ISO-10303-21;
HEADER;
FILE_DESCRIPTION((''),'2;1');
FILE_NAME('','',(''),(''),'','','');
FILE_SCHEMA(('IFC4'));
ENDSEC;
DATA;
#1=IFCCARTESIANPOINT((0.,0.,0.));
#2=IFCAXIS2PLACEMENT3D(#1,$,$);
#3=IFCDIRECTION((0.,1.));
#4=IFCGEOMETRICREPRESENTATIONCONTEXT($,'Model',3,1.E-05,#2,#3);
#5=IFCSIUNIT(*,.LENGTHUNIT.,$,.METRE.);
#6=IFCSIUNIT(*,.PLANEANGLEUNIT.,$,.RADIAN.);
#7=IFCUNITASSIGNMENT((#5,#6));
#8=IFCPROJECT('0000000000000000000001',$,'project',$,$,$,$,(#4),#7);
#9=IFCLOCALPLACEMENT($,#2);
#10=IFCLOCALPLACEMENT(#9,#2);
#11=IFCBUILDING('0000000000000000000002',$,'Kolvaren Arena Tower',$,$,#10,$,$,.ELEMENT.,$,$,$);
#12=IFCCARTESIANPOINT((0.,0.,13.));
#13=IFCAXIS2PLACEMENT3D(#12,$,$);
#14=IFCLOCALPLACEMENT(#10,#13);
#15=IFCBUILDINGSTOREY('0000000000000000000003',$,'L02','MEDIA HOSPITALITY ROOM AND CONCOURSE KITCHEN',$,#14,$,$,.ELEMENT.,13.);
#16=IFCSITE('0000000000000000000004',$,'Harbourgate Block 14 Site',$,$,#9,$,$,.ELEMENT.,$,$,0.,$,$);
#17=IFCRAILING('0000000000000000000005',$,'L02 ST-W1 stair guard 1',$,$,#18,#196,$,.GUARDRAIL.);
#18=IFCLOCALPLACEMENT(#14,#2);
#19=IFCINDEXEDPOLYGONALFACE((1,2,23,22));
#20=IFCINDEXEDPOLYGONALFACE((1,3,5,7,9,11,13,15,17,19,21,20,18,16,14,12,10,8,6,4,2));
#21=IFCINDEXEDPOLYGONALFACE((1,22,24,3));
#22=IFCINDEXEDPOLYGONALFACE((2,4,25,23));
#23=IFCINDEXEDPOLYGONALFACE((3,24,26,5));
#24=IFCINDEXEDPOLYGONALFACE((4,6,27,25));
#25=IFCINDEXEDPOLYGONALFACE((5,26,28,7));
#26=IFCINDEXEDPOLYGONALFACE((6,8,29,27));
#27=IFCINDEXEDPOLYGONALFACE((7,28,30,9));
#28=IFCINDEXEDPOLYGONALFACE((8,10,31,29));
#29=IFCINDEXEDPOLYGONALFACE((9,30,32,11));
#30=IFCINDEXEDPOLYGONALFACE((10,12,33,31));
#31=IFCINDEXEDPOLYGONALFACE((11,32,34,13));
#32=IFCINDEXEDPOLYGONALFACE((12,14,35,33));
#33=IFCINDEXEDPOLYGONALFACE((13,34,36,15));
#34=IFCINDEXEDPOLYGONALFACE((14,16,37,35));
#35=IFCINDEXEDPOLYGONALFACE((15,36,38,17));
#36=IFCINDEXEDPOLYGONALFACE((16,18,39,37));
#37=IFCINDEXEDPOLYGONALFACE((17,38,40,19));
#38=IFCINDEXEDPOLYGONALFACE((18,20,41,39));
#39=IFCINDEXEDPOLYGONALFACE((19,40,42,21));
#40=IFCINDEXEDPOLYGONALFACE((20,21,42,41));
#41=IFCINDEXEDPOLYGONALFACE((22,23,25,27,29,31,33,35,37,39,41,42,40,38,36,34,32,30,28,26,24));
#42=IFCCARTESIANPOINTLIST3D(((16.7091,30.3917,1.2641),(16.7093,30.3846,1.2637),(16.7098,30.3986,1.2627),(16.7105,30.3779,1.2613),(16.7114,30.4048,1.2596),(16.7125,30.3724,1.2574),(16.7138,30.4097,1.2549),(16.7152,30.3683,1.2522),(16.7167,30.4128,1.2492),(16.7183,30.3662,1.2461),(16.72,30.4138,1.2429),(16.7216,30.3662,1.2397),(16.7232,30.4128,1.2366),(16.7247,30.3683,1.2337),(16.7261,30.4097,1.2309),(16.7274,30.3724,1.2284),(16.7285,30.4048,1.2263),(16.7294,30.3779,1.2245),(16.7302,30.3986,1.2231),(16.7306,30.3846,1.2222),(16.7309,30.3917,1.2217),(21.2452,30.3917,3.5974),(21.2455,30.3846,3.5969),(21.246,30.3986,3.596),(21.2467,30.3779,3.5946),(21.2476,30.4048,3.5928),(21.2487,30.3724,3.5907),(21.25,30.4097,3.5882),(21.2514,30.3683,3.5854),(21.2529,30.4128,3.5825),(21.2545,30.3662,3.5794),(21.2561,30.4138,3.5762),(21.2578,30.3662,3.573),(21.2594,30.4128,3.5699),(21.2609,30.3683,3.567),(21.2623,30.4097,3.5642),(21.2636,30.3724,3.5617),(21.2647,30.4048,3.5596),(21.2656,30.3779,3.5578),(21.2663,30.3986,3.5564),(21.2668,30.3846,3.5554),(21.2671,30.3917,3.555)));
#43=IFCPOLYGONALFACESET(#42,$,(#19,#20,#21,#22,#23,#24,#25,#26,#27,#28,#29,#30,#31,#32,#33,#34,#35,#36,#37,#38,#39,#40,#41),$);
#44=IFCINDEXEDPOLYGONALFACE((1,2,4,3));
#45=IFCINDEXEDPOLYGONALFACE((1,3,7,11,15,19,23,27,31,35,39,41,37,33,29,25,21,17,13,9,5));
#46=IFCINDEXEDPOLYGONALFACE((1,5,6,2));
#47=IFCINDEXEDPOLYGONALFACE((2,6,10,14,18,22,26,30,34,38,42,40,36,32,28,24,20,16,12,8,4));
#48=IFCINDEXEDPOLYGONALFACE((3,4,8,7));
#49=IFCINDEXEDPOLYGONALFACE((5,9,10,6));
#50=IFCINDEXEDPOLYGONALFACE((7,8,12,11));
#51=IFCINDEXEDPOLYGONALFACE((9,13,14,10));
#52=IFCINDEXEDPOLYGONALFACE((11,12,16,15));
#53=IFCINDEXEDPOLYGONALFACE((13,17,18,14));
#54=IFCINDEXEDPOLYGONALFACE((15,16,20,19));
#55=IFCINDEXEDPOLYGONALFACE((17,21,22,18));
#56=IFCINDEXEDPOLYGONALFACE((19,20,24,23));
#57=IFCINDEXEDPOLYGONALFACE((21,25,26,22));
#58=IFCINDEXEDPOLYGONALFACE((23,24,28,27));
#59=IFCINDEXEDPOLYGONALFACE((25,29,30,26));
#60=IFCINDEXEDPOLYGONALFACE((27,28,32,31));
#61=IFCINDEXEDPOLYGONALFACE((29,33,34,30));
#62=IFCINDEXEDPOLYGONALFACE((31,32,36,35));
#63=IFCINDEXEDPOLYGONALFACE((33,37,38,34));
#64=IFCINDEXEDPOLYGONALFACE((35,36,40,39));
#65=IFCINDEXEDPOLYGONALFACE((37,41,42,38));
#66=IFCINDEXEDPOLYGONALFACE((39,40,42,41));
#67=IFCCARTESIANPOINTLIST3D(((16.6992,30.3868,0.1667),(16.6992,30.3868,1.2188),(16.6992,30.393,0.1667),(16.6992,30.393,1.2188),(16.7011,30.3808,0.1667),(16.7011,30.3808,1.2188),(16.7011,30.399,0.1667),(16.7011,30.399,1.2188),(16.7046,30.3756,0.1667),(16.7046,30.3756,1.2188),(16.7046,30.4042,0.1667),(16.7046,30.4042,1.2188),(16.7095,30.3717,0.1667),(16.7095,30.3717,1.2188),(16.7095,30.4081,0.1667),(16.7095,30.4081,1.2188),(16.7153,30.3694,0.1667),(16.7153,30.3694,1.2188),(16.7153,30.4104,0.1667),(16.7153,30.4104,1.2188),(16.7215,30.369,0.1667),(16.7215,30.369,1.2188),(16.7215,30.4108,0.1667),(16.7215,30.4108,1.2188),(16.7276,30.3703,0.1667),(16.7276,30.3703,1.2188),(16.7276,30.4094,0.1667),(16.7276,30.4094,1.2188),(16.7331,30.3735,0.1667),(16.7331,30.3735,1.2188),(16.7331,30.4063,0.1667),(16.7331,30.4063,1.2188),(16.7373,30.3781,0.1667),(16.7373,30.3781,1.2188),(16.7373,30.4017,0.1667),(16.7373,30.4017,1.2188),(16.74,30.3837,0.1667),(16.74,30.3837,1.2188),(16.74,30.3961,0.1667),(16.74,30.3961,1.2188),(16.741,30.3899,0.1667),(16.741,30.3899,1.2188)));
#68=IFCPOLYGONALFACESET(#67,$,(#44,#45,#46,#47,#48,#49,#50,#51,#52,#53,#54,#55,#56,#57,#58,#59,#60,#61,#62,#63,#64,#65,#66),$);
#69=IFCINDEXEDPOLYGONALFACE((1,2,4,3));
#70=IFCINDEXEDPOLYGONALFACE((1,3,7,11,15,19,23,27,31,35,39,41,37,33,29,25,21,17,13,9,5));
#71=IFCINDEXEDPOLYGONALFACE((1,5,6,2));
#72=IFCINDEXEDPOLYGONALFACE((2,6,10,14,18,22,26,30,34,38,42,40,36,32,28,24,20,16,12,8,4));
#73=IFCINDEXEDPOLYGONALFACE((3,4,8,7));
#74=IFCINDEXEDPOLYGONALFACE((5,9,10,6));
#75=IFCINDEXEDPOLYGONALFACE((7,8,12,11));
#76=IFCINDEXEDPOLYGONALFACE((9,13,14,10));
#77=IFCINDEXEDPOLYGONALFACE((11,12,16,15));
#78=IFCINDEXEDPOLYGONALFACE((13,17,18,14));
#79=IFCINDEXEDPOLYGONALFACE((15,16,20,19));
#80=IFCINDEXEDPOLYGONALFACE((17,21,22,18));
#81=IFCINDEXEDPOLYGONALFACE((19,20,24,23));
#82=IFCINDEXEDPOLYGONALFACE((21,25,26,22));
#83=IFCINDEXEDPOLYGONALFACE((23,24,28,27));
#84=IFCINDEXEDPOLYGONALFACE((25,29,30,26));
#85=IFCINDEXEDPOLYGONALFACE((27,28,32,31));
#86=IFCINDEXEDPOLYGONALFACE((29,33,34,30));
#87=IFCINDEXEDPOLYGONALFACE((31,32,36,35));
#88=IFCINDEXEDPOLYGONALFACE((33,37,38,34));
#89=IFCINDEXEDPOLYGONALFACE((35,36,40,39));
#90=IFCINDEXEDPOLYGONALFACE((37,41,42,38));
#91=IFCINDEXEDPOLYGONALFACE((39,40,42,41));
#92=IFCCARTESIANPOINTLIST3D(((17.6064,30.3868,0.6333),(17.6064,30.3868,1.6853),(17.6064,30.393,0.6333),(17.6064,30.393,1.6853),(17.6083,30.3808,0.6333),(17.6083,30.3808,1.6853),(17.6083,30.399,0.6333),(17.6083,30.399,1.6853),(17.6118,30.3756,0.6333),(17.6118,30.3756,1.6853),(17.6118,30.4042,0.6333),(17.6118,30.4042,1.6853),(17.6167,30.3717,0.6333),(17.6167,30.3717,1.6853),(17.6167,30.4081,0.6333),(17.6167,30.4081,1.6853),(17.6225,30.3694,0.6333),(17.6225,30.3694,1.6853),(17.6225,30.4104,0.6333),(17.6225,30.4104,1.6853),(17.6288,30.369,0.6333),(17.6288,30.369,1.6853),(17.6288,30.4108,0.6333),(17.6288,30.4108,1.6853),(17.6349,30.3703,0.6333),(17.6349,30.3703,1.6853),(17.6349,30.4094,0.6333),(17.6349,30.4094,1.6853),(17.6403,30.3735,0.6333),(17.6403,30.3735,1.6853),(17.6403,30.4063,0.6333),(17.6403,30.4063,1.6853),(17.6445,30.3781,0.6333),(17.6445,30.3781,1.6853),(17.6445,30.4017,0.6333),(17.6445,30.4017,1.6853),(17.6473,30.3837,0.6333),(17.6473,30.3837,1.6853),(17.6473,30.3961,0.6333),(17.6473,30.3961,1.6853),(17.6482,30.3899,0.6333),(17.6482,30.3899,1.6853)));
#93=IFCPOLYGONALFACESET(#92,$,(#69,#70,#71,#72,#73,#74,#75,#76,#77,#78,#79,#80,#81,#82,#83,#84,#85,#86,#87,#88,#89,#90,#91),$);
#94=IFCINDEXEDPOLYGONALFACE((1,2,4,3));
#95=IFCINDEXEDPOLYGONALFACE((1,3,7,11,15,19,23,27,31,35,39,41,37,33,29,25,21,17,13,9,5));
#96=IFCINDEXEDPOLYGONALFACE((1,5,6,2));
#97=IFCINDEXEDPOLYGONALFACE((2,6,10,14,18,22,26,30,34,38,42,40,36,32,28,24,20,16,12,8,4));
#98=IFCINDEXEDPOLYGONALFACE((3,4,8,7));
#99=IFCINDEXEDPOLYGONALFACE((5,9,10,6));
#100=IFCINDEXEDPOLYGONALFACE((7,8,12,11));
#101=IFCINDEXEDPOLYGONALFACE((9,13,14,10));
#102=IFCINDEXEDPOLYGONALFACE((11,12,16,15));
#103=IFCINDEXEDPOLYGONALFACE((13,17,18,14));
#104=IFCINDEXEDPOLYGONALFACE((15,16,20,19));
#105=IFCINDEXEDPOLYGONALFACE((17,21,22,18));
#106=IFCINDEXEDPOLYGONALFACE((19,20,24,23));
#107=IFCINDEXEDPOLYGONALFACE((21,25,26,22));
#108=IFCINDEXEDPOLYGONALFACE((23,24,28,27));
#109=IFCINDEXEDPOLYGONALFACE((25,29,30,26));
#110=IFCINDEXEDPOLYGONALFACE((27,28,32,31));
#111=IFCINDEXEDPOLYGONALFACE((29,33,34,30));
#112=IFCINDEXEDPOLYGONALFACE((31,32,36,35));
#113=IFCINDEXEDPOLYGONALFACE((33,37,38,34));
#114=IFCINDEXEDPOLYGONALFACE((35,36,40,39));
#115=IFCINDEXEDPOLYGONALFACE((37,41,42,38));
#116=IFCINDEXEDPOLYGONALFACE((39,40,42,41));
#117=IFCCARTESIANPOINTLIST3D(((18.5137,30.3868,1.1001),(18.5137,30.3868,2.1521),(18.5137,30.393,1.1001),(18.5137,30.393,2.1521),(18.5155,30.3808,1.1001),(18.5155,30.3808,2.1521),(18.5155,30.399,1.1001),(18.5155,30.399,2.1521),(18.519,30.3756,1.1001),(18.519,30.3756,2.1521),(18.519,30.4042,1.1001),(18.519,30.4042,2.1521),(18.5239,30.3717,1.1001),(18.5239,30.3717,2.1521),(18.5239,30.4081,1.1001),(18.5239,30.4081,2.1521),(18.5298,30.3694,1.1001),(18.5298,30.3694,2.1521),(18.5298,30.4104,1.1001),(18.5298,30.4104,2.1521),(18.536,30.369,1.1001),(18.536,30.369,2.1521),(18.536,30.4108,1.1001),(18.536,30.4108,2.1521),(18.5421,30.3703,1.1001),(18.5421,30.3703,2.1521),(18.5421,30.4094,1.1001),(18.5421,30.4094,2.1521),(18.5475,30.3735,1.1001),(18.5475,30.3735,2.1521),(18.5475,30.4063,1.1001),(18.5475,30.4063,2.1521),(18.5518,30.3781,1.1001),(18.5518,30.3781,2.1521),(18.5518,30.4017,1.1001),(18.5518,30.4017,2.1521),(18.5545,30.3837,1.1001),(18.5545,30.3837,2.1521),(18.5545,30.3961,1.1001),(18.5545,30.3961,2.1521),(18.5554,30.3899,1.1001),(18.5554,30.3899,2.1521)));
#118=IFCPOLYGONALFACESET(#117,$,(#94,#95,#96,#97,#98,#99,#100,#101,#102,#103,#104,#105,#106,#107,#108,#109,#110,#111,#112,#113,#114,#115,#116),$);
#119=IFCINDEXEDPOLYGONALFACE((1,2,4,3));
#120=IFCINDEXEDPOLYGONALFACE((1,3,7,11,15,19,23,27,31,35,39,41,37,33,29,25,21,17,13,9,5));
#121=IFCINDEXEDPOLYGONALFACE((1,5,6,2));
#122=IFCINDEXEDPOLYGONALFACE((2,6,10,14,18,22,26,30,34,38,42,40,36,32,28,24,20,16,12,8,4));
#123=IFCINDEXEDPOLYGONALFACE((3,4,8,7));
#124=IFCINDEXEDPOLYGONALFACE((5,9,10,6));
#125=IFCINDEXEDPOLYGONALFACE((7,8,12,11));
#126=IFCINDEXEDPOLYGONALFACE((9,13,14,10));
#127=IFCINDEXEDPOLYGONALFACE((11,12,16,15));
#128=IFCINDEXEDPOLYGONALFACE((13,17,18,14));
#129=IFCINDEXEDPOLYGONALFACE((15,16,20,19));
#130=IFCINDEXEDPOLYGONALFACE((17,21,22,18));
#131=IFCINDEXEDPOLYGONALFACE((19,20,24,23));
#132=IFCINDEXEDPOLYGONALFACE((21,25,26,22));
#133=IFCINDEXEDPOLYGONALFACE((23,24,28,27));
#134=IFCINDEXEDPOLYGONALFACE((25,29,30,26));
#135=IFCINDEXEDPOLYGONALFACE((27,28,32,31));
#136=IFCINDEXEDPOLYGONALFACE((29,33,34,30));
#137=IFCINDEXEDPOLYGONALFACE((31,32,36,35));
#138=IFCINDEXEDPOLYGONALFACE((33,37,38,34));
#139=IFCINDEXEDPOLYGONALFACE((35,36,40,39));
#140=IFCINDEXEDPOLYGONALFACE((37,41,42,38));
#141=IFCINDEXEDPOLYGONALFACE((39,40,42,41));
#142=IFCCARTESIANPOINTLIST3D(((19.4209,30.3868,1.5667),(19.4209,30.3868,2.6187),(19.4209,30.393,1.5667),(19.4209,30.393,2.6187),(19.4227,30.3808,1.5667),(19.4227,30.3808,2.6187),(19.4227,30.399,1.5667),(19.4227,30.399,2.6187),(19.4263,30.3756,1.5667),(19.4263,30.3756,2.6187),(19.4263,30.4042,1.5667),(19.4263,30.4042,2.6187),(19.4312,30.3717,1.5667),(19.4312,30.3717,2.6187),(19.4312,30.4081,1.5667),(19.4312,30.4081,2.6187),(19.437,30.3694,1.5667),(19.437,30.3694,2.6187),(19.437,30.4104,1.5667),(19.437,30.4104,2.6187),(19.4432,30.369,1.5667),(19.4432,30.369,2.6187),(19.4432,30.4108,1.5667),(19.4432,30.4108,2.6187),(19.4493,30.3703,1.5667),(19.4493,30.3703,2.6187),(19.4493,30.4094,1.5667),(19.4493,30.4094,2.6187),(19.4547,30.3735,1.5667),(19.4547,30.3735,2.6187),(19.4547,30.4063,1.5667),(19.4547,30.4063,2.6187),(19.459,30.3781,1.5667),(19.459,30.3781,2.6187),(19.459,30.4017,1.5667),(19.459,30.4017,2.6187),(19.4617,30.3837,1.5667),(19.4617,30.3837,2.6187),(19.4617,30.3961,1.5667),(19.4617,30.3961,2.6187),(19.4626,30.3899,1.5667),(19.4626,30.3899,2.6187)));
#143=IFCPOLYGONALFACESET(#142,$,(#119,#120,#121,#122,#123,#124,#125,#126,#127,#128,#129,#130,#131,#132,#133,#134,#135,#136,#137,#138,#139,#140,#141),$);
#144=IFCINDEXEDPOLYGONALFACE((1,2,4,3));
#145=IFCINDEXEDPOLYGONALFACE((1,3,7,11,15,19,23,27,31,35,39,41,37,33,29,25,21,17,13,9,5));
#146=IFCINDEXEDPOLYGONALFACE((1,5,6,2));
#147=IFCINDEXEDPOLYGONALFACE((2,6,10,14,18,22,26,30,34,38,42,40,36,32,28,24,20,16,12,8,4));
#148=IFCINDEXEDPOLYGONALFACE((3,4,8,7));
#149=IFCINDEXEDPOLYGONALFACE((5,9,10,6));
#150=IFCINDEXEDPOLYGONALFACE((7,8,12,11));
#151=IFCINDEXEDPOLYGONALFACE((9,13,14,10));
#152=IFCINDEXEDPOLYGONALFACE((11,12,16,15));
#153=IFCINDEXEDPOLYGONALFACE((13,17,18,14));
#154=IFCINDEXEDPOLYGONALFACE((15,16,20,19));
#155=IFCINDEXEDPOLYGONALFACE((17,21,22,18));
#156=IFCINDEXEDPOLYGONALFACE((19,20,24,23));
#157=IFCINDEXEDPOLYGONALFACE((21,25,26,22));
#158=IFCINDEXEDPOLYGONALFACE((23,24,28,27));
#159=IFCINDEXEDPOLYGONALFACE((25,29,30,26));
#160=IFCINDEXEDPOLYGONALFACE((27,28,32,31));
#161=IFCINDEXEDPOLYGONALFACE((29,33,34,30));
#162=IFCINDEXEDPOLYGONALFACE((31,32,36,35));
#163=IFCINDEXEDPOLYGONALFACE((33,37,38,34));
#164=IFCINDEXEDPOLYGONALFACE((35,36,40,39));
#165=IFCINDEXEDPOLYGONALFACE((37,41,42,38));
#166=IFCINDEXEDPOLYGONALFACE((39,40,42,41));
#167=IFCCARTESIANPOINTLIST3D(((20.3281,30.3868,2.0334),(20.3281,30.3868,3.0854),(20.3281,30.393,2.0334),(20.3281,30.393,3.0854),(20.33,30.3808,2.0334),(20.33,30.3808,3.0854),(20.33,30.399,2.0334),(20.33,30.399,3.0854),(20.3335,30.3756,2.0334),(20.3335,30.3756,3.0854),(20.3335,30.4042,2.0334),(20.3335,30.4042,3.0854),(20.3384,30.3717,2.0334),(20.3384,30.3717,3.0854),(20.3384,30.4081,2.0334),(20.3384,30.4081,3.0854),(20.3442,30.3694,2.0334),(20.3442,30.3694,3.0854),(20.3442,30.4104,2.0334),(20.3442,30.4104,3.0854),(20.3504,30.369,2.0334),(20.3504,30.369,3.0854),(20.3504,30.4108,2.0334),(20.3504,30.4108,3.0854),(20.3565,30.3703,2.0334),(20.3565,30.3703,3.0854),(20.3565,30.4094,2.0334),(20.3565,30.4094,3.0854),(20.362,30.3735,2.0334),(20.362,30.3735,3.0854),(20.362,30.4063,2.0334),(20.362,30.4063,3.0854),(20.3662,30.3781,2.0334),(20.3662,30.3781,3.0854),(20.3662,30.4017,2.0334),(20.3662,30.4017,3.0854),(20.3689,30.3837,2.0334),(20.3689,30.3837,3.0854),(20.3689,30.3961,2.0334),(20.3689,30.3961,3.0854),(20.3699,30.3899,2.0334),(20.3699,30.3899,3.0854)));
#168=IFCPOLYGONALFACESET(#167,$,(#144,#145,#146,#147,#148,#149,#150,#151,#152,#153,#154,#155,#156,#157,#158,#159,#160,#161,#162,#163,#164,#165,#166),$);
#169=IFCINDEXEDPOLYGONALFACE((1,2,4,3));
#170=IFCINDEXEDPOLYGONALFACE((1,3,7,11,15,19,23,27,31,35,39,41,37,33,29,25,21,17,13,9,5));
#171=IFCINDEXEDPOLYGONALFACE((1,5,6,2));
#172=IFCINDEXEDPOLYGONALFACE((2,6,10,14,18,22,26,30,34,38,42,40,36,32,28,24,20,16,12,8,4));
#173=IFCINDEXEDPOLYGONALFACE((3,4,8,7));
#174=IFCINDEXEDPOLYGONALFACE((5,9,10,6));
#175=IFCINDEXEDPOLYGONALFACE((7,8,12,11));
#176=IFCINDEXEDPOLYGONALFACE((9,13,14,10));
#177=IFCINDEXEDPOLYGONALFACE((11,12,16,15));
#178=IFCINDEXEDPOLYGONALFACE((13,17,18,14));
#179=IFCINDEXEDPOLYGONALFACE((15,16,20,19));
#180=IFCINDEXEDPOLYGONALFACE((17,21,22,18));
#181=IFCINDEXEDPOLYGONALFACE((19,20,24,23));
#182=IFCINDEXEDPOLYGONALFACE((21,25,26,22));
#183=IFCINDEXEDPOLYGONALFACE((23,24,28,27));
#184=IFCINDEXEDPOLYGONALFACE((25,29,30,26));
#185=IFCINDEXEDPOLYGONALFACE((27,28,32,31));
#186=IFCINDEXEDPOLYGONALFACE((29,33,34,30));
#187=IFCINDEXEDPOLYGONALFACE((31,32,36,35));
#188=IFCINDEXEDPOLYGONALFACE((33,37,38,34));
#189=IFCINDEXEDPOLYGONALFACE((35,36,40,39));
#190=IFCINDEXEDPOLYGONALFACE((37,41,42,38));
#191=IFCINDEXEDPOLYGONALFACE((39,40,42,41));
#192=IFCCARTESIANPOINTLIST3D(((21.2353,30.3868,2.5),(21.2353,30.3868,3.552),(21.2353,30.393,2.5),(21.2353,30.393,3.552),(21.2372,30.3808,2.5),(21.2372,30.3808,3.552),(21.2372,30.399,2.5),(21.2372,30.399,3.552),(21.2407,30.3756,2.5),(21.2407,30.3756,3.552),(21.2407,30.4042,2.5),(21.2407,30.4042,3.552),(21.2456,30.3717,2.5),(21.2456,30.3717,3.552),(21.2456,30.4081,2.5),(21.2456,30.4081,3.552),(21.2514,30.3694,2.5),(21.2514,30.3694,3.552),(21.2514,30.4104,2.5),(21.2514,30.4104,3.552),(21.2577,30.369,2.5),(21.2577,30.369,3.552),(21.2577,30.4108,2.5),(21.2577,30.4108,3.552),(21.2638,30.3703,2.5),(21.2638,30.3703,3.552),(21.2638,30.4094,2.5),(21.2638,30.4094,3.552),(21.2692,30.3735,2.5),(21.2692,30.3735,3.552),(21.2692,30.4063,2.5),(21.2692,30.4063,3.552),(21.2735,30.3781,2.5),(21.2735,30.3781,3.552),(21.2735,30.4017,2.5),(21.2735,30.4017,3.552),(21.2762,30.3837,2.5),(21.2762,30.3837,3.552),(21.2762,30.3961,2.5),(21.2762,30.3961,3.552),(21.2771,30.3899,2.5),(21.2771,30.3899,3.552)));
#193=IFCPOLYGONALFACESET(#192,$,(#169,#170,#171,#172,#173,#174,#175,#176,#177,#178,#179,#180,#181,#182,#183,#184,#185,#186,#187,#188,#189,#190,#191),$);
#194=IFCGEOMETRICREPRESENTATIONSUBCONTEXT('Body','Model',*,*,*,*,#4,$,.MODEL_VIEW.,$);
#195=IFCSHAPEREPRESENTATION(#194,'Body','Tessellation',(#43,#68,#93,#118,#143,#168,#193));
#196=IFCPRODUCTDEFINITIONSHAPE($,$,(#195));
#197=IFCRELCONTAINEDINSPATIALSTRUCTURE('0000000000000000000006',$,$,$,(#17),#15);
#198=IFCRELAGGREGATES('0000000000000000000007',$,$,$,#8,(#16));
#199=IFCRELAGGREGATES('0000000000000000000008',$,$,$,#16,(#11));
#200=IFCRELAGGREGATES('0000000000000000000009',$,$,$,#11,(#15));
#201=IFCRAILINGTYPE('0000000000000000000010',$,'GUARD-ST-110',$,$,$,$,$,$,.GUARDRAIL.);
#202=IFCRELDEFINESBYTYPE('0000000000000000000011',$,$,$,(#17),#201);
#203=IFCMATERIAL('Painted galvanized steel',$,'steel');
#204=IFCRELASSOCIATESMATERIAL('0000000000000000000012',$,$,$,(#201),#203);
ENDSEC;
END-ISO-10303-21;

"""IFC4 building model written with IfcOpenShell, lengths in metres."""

from ifc_helpers import new_model, si_unit, direction, frame, origin, origin_2d, place, context, subcontext, project, spatial, circle, extrude, material, type_object, element, save


model = new_model("IFC4")

# Units and contexts
model_context = context("Model", 3, precision=1e-05, world=origin(), true_north=direction((0.0, 1.0)))
body_context = subcontext(model_context, "Body", "Model", "MODEL_VIEW")
ifc_project = project(units=[si_unit("LENGTHUNIT", "METRE"), si_unit("PLANEANGLEUNIT", "RADIAN")], contexts=[model_context])

# Site, building, storey
site_placement = place(None, origin())
site = spatial("IfcSite", under=ifc_project, at=site_placement, Name="Harbourgate Block 14 Site", CompositionType="ELEMENT", RefElevation=0.0)
building_placement = place(site_placement, origin())
building = spatial("IfcBuilding", under=site, at=building_placement, Name="Kolvaren Arena Tower", CompositionType="ELEMENT")
storey_placement = place(building_placement, frame((0.0, 0.0, 13.0)))
storey = spatial("IfcBuildingStorey", under=building, at=storey_placement, Name="L02", Description="MEDIA HOSPITALITY ROOM AND CONCOURSE KITCHEN", CompositionType="ELEMENT", Elevation=13.0)

# Railing
ifc_material_1 = material(Name="Painted galvanized steel", Category="steel")
railing_type_1 = type_object("IfcRailingType", Name="GUARD-ST-110", PredefinedType="GUARDRAIL", material=ifc_material_1)
railing_1_placement = place(storey_placement, frame((16.72, 30.3899, 0.1667)))
element("IfcRailing", 1, at=railing_1_placement, inside=storey, type_object=railing_type_1, Name="L02 ST-W1 stair guard 1", PredefinedType="GUARDRAIL", context=body_context, shape_type="SweptSolid", body=[
    extrude(circle(Radius=0.0239, at=origin_2d()), frame((0.0, 0.0, 1.0762), z_axis=(0.889257, 0.0, 0.457407), x_axis=(0.0, 1.0, 0.0)), (0.0, 0.0, 1.0), 5.1011),
    extrude(circle(Radius=0.021, at=origin_2d()), origin(), (0.0, 0.0, 1.0), 1.052),
    extrude(circle(Radius=0.021, at=origin_2d()), frame((0.9072, 0.0, 0.4666)), (0.0, 0.0, 1.0), 1.052),
    extrude(circle(Radius=0.021, at=origin_2d()), frame((1.8145, 0.0, 0.9333)), (0.0, 0.0, 1.0), 1.052),
    extrude(circle(Radius=0.021, at=origin_2d()), frame((2.7217, 0.0, 1.3999)), (0.0, 0.0, 1.0), 1.052),
    extrude(circle(Radius=0.021, at=origin_2d()), frame((3.6289, 0.0, 1.8667)), (0.0, 0.0, 1.0), 1.052),
    extrude(circle(Radius=0.021, at=origin_2d()), frame((4.5361, 0.0, 2.3333)), (0.0, 0.0, 1.0), 1.052),
])

save(model, "model.ifc")
